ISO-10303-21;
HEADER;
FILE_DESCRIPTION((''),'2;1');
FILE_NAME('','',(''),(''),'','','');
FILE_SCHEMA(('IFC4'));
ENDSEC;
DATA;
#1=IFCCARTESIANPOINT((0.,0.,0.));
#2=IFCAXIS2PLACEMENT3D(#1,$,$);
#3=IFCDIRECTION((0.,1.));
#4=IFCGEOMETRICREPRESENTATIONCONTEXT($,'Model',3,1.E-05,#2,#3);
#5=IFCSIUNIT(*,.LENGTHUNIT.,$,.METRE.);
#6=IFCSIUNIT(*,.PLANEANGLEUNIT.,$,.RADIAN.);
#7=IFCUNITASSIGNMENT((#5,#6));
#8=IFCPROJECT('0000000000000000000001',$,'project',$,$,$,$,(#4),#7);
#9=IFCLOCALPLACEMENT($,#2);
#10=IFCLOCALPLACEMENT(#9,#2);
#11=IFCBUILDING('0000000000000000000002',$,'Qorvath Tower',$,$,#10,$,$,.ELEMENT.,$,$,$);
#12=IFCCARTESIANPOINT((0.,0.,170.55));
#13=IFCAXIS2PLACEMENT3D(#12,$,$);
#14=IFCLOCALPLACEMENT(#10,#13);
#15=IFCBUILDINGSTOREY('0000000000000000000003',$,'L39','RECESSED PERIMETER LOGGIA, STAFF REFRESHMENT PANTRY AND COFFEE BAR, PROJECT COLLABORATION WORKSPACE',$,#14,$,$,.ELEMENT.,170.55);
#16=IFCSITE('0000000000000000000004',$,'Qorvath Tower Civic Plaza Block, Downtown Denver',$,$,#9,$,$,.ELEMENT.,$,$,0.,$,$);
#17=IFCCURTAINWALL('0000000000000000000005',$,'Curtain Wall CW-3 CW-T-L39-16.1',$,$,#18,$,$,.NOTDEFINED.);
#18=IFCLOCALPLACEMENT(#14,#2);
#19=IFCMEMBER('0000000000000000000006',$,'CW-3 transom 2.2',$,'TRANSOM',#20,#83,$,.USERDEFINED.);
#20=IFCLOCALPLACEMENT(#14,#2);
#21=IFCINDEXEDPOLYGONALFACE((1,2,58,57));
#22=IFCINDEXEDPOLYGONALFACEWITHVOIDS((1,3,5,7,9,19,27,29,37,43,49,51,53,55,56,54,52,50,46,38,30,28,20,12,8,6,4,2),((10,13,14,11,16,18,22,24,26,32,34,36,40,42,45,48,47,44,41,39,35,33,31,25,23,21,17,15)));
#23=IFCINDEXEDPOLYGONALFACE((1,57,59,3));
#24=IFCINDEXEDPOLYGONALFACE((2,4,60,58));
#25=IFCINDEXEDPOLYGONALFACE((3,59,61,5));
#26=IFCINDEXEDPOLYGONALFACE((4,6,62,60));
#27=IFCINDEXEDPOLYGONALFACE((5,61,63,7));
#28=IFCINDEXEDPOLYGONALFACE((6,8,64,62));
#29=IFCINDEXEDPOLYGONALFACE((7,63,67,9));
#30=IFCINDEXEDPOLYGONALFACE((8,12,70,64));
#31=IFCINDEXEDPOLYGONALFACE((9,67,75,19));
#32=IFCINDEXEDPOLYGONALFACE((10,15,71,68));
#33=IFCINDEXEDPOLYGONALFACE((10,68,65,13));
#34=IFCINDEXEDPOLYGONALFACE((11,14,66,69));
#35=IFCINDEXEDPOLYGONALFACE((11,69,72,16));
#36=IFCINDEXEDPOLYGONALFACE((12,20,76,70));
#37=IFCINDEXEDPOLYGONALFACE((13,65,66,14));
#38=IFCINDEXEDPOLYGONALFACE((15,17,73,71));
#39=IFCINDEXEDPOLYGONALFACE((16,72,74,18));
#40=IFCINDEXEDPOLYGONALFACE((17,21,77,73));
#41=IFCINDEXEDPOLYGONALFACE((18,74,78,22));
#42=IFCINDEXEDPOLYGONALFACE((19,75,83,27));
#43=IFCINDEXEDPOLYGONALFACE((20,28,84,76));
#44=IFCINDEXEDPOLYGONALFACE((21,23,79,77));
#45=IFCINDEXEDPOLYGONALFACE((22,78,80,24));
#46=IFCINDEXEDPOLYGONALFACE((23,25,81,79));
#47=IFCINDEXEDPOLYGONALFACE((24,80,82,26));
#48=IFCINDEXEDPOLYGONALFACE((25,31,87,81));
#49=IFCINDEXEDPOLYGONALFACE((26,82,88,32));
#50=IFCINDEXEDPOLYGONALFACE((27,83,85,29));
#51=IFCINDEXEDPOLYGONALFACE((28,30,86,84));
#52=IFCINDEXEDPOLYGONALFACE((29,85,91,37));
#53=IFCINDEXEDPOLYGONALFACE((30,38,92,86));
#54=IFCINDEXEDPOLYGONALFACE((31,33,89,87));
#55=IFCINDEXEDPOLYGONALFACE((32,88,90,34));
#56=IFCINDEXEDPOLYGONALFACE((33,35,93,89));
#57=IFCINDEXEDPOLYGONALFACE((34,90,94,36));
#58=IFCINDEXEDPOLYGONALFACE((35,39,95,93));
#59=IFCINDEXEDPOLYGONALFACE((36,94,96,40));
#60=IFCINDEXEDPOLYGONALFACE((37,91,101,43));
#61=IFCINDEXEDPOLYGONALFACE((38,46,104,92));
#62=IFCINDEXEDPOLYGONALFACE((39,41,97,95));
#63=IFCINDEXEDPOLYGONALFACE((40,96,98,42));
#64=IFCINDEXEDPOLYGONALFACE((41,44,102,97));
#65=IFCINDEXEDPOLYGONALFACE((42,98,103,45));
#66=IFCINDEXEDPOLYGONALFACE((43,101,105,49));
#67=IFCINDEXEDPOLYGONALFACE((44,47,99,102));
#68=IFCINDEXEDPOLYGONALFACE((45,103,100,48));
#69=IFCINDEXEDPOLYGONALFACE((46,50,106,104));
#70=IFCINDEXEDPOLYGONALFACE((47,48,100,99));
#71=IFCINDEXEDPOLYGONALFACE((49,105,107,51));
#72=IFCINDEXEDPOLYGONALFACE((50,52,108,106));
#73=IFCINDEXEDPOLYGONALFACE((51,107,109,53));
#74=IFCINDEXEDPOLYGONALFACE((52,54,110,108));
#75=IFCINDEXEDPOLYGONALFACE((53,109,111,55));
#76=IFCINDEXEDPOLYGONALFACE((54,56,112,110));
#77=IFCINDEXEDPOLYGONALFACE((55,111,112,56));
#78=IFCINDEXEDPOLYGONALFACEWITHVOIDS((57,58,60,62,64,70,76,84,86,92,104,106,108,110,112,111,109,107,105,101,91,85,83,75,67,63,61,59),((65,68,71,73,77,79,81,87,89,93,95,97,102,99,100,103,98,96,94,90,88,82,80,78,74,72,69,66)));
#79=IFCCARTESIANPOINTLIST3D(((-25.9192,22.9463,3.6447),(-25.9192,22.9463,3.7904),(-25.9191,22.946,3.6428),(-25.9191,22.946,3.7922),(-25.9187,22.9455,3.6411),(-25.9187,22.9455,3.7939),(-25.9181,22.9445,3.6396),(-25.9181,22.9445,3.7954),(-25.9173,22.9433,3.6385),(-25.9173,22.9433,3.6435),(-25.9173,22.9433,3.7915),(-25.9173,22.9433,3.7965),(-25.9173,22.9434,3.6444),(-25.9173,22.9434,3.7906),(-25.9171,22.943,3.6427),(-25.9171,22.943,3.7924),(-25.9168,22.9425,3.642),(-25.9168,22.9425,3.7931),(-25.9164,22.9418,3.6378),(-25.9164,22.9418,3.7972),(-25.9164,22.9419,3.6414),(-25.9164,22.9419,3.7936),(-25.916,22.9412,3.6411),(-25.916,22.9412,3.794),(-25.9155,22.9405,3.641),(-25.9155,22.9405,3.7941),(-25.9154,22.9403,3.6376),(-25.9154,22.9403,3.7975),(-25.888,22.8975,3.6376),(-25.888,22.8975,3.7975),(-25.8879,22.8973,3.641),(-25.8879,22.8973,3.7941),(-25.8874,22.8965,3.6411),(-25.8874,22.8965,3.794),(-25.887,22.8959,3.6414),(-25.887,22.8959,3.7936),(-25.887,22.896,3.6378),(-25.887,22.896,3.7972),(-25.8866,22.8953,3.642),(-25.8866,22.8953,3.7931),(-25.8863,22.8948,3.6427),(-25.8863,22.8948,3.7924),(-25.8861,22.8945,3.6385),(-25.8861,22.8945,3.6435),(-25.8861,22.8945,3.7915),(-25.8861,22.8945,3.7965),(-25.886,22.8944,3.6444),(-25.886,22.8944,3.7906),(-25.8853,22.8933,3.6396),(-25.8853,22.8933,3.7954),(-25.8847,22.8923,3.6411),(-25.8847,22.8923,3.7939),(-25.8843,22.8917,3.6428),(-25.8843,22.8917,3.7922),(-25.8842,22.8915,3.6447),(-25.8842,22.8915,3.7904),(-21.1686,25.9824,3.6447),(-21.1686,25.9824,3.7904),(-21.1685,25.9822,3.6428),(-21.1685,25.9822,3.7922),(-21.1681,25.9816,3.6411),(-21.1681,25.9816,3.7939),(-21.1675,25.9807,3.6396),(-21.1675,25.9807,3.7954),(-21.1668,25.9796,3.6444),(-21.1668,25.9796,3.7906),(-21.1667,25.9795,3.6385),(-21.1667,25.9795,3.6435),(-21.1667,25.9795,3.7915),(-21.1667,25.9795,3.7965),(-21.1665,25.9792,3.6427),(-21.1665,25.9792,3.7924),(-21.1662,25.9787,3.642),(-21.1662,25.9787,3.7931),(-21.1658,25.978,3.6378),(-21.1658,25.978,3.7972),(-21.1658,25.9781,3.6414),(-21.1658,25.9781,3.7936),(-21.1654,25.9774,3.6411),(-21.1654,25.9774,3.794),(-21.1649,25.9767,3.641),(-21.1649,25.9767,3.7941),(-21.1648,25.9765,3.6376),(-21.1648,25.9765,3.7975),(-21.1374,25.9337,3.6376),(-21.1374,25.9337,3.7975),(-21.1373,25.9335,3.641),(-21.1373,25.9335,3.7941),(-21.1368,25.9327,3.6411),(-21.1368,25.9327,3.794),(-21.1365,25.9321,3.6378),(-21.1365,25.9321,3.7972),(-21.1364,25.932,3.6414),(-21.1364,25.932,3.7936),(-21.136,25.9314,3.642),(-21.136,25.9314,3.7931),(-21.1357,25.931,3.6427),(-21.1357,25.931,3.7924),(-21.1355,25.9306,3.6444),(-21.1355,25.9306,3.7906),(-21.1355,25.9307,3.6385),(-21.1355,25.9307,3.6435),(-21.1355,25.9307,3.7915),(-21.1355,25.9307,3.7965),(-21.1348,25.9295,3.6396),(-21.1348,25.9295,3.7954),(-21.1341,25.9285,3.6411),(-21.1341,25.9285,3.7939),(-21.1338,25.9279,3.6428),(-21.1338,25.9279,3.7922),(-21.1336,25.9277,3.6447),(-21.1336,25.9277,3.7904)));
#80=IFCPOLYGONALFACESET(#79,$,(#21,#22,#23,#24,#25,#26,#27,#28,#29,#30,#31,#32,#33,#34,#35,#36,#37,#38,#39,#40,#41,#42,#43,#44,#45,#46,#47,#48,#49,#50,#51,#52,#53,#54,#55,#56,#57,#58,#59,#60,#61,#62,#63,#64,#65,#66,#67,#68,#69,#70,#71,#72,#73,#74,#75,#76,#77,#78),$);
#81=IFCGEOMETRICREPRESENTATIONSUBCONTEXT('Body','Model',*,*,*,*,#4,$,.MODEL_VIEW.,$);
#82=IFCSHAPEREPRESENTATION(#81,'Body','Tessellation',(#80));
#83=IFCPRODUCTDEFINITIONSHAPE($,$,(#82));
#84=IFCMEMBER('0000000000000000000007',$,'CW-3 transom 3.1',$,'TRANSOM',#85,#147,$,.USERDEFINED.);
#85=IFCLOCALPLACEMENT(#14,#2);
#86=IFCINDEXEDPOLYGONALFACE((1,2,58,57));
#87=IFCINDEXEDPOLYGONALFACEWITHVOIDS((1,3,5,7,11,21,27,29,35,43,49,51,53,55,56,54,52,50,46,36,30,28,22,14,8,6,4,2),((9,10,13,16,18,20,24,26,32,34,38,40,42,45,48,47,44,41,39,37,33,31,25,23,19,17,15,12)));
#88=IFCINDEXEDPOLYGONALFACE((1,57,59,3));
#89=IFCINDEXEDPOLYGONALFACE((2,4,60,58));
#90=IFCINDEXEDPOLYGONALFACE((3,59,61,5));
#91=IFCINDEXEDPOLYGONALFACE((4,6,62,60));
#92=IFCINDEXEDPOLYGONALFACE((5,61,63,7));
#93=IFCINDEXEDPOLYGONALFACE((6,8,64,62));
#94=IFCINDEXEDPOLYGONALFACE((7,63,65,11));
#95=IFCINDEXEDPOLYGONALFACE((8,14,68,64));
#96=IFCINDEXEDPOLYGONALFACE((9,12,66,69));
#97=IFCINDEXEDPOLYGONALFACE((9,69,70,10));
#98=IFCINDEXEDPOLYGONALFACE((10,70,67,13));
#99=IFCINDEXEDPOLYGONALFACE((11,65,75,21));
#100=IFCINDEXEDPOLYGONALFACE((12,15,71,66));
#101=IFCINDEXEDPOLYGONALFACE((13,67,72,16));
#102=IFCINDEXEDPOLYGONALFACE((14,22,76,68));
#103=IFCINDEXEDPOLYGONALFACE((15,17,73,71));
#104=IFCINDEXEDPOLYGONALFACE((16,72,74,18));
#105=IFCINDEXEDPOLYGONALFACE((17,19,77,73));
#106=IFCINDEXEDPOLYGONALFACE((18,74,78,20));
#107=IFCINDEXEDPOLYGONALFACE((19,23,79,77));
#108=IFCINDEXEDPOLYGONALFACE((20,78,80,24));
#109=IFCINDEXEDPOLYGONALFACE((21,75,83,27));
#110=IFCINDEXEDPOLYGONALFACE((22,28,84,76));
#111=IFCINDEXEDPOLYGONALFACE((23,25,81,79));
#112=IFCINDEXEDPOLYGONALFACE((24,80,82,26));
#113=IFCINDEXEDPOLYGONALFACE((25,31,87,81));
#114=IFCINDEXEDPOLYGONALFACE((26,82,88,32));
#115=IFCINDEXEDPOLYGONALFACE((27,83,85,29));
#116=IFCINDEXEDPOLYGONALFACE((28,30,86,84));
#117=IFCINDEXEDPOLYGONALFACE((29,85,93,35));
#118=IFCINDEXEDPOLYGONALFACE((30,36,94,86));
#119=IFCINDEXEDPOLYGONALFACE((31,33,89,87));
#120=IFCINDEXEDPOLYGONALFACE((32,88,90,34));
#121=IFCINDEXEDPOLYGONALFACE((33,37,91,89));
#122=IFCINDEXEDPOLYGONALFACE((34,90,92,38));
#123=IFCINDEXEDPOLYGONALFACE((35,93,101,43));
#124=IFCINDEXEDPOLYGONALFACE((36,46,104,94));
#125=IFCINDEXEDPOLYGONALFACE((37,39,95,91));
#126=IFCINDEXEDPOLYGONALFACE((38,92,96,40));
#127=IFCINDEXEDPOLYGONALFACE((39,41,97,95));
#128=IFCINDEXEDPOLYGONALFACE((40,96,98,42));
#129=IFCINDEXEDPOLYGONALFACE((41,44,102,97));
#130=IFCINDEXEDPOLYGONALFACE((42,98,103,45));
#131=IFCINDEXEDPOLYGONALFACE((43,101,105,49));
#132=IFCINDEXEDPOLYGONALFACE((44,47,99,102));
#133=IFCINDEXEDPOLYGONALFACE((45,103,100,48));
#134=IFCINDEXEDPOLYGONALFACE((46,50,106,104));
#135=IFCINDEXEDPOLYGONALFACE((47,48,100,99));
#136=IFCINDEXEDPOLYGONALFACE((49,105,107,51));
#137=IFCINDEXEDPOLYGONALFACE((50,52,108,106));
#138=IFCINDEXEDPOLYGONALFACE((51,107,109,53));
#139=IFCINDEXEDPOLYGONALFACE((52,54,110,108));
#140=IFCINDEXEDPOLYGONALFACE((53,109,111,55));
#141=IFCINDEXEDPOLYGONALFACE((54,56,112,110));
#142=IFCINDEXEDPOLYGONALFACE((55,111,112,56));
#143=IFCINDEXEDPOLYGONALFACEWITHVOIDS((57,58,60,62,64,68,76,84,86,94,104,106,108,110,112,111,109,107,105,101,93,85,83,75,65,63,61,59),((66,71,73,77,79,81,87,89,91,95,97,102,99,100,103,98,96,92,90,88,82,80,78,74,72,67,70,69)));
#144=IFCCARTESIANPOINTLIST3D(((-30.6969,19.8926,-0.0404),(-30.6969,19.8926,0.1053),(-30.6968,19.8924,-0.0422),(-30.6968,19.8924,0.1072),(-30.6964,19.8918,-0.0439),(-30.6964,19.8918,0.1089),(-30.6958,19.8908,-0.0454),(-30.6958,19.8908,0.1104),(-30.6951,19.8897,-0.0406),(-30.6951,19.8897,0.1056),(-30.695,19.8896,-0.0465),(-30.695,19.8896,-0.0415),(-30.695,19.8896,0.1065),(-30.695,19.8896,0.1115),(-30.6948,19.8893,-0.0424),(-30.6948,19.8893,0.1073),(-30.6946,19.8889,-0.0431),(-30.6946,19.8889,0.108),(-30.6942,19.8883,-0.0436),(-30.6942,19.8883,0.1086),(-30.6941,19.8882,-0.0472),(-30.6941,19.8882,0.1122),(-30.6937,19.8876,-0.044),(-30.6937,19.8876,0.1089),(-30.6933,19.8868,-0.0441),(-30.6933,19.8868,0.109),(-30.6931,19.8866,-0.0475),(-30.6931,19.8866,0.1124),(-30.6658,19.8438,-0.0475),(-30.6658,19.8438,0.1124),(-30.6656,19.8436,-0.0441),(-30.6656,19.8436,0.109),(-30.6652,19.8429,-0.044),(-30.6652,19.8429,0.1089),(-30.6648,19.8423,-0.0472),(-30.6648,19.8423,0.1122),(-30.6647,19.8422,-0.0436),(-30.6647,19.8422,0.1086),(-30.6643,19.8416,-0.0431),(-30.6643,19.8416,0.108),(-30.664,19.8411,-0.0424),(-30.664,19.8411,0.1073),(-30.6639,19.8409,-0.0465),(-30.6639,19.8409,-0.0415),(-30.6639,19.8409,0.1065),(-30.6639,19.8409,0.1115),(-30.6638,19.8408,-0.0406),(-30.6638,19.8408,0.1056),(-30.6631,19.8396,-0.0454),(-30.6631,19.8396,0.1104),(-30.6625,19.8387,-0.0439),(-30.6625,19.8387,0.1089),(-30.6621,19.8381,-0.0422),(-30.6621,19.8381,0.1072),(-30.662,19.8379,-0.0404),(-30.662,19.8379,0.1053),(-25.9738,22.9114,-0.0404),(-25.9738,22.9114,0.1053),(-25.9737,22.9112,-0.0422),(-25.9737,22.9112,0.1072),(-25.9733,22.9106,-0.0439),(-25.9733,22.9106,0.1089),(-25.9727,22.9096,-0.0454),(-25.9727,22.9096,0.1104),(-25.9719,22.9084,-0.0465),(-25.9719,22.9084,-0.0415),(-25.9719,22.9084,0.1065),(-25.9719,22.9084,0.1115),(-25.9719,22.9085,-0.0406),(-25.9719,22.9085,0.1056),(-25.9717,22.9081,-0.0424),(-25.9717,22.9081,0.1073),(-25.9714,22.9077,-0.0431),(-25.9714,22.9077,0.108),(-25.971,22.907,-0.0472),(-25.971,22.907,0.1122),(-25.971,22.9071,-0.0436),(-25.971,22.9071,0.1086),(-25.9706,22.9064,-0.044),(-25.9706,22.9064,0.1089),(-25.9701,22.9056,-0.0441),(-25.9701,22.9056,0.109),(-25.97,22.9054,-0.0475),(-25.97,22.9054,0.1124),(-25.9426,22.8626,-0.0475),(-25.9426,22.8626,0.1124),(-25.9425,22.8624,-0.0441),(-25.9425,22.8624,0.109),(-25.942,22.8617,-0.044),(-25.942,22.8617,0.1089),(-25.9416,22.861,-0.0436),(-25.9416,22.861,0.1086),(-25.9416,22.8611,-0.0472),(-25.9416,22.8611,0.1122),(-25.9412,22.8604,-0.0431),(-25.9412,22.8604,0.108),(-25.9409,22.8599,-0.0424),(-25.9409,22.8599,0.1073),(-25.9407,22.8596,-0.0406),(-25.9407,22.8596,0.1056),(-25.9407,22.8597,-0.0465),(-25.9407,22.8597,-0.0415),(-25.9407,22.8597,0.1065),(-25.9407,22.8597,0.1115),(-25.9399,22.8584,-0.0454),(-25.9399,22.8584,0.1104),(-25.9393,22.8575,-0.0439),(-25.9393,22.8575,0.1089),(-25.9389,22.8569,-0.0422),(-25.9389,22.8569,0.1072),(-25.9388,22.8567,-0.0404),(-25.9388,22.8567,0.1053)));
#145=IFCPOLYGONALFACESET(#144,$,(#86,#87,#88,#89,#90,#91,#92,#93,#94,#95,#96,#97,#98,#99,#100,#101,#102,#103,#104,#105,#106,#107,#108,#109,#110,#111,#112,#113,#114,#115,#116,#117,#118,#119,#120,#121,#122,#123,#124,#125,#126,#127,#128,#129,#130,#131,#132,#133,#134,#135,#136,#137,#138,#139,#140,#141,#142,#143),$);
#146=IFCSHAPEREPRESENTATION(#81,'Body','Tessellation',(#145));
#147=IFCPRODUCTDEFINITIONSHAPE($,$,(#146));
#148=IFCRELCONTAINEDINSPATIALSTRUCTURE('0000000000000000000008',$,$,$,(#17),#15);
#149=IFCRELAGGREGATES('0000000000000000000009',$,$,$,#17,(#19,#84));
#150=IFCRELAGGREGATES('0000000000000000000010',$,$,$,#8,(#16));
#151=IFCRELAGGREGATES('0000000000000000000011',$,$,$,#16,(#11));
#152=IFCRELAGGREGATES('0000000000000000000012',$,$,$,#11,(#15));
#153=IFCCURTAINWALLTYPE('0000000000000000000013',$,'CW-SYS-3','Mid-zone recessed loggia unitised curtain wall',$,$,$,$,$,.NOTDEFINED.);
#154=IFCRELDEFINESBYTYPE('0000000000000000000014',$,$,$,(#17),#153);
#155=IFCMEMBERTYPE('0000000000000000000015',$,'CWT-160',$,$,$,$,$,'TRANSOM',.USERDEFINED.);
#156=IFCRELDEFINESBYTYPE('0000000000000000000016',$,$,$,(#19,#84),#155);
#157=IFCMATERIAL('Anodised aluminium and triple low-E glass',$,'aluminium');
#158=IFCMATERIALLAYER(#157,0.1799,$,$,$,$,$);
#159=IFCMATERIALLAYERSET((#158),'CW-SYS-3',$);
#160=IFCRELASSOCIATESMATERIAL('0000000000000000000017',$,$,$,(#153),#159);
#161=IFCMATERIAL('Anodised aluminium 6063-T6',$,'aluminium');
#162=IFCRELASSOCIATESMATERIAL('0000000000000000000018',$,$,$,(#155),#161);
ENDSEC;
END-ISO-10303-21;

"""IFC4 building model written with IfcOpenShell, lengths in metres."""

from ifc_helpers import new_model, si_unit, direction, frame, origin, origin_2d, place, context, subcontext, project, spatial, hollow_rectangle, extrude, material, layer, layer_set, material_profile, profile_set, type_object, element, aggregate, save


model = new_model("IFC4")

# Units and contexts
model_context = context("Model", 3, precision=1e-05, world=origin(), true_north=direction((0.0, 1.0)))
body_context = subcontext(model_context, "Body", "Model", "MODEL_VIEW")
ifc_project = project(units=[si_unit("LENGTHUNIT", "METRE"), si_unit("PLANEANGLEUNIT", "RADIAN")], contexts=[model_context])

# Site, building, storey
site_placement = place(None, origin())
site = spatial("IfcSite", under=ifc_project, at=site_placement, Name="Qorvath Tower Civic Plaza Block, Downtown Denver", CompositionType="ELEMENT", RefElevation=0.0)
building_placement = place(site_placement, origin())
building = spatial("IfcBuilding", under=site, at=building_placement, Name="Qorvath Tower", CompositionType="ELEMENT")
storey_placement = place(building_placement, frame((0.0, 0.0, 170.55)))
storey = spatial("IfcBuildingStorey", under=building, at=storey_placement, Name="L39", Description="RECESSED PERIMETER LOGGIA, STAFF REFRESHMENT PANTRY AND COFFEE BAR, PROJECT COLLABORATION WORKSPACE", CompositionType="ELEMENT", Elevation=170.55)

# Curtain wall, members
ifc_material_1 = material(Name="Anodised aluminium and triple low-E glass", Category="aluminium")
ifc_layer_1 = layer(ifc_material_1, 0.1799)
ifc_layer_set_1 = layer_set([ifc_layer_1], Name="CW-SYS-3")
curtain_wall_type = type_object("IfcCurtainWallType", Name="CW-SYS-3", Description="Mid-zone recessed loggia unitised curtain wall", PredefinedType="NOTDEFINED", material=ifc_layer_set_1)
curtain_wall_placement = place(storey_placement, origin())
curtain_wall = element("IfcCurtainWall", 1, at=curtain_wall_placement, inside=storey, type_object=curtain_wall_type, Name="Curtain Wall CW-3 CW-T-L39-16.1", PredefinedType="NOTDEFINED")
ifc_material_2 = material(Name="Anodised aluminium 6063-T6", Category="aluminium")
ifc_material_profile_1 = material_profile(ifc_material_2, hollow_rectangle(XDim=0.0649, YDim=0.1599, WallThickness=0.0034, InnerFilletRadius=0.0034, OuterFilletRadius=0.0071, at=origin_2d()), Name="CWT 160x65")
ifc_profile_set_1 = profile_set([ifc_material_profile_1], Name="Anodised aluminium 6063-T6")
member_type_1 = type_object("IfcMemberType", Name="CWT-160", ElementType="TRANSOM", PredefinedType="USERDEFINED", material=ifc_profile_set_1)
member_1_placement = place(storey_placement, frame((-21.1511, 25.9551, 3.7175), z_axis=(-0.842608, -0.538528, 0.0), x_axis=(0.538528, -0.842608, 0.0)))
member_1 = element("IfcMember", 2, at=member_1_placement, type_object=member_type_1, Name="CW-3 transom 2.2", ObjectType="TRANSOM", PredefinedType="USERDEFINED", context=body_context, shape_type="SweptSolid", body=[
    extrude(hollow_rectangle(XDim=0.0649, YDim=0.1599, WallThickness=0.0034, InnerFilletRadius=0.0034, OuterFilletRadius=0.0071, at=origin_2d()), origin(), (0.0, 0.0, 1.0), 5.6379),
])
member_2_placement = place(storey_placement, frame((-25.9563, 22.884, 0.0325), z_axis=(-0.842596, -0.538546, 0.0), x_axis=(0.538546, -0.842596, 0.0)))
member_2 = element("IfcMember", 3, at=member_2_placement, type_object=member_type_1, Name="CW-3 transom 3.1", ObjectType="TRANSOM", PredefinedType="USERDEFINED", context=body_context, shape_type="SweptSolid", body=[
    extrude(hollow_rectangle(XDim=0.0649, YDim=0.1599, WallThickness=0.0034, InnerFilletRadius=0.0034, OuterFilletRadius=0.0071, at=origin_2d()), origin(), (0.0, 0.0, 1.0), 5.6055),
])
aggregate(curtain_wall, [member_1, member_2])

save(model, "model.ifc")
